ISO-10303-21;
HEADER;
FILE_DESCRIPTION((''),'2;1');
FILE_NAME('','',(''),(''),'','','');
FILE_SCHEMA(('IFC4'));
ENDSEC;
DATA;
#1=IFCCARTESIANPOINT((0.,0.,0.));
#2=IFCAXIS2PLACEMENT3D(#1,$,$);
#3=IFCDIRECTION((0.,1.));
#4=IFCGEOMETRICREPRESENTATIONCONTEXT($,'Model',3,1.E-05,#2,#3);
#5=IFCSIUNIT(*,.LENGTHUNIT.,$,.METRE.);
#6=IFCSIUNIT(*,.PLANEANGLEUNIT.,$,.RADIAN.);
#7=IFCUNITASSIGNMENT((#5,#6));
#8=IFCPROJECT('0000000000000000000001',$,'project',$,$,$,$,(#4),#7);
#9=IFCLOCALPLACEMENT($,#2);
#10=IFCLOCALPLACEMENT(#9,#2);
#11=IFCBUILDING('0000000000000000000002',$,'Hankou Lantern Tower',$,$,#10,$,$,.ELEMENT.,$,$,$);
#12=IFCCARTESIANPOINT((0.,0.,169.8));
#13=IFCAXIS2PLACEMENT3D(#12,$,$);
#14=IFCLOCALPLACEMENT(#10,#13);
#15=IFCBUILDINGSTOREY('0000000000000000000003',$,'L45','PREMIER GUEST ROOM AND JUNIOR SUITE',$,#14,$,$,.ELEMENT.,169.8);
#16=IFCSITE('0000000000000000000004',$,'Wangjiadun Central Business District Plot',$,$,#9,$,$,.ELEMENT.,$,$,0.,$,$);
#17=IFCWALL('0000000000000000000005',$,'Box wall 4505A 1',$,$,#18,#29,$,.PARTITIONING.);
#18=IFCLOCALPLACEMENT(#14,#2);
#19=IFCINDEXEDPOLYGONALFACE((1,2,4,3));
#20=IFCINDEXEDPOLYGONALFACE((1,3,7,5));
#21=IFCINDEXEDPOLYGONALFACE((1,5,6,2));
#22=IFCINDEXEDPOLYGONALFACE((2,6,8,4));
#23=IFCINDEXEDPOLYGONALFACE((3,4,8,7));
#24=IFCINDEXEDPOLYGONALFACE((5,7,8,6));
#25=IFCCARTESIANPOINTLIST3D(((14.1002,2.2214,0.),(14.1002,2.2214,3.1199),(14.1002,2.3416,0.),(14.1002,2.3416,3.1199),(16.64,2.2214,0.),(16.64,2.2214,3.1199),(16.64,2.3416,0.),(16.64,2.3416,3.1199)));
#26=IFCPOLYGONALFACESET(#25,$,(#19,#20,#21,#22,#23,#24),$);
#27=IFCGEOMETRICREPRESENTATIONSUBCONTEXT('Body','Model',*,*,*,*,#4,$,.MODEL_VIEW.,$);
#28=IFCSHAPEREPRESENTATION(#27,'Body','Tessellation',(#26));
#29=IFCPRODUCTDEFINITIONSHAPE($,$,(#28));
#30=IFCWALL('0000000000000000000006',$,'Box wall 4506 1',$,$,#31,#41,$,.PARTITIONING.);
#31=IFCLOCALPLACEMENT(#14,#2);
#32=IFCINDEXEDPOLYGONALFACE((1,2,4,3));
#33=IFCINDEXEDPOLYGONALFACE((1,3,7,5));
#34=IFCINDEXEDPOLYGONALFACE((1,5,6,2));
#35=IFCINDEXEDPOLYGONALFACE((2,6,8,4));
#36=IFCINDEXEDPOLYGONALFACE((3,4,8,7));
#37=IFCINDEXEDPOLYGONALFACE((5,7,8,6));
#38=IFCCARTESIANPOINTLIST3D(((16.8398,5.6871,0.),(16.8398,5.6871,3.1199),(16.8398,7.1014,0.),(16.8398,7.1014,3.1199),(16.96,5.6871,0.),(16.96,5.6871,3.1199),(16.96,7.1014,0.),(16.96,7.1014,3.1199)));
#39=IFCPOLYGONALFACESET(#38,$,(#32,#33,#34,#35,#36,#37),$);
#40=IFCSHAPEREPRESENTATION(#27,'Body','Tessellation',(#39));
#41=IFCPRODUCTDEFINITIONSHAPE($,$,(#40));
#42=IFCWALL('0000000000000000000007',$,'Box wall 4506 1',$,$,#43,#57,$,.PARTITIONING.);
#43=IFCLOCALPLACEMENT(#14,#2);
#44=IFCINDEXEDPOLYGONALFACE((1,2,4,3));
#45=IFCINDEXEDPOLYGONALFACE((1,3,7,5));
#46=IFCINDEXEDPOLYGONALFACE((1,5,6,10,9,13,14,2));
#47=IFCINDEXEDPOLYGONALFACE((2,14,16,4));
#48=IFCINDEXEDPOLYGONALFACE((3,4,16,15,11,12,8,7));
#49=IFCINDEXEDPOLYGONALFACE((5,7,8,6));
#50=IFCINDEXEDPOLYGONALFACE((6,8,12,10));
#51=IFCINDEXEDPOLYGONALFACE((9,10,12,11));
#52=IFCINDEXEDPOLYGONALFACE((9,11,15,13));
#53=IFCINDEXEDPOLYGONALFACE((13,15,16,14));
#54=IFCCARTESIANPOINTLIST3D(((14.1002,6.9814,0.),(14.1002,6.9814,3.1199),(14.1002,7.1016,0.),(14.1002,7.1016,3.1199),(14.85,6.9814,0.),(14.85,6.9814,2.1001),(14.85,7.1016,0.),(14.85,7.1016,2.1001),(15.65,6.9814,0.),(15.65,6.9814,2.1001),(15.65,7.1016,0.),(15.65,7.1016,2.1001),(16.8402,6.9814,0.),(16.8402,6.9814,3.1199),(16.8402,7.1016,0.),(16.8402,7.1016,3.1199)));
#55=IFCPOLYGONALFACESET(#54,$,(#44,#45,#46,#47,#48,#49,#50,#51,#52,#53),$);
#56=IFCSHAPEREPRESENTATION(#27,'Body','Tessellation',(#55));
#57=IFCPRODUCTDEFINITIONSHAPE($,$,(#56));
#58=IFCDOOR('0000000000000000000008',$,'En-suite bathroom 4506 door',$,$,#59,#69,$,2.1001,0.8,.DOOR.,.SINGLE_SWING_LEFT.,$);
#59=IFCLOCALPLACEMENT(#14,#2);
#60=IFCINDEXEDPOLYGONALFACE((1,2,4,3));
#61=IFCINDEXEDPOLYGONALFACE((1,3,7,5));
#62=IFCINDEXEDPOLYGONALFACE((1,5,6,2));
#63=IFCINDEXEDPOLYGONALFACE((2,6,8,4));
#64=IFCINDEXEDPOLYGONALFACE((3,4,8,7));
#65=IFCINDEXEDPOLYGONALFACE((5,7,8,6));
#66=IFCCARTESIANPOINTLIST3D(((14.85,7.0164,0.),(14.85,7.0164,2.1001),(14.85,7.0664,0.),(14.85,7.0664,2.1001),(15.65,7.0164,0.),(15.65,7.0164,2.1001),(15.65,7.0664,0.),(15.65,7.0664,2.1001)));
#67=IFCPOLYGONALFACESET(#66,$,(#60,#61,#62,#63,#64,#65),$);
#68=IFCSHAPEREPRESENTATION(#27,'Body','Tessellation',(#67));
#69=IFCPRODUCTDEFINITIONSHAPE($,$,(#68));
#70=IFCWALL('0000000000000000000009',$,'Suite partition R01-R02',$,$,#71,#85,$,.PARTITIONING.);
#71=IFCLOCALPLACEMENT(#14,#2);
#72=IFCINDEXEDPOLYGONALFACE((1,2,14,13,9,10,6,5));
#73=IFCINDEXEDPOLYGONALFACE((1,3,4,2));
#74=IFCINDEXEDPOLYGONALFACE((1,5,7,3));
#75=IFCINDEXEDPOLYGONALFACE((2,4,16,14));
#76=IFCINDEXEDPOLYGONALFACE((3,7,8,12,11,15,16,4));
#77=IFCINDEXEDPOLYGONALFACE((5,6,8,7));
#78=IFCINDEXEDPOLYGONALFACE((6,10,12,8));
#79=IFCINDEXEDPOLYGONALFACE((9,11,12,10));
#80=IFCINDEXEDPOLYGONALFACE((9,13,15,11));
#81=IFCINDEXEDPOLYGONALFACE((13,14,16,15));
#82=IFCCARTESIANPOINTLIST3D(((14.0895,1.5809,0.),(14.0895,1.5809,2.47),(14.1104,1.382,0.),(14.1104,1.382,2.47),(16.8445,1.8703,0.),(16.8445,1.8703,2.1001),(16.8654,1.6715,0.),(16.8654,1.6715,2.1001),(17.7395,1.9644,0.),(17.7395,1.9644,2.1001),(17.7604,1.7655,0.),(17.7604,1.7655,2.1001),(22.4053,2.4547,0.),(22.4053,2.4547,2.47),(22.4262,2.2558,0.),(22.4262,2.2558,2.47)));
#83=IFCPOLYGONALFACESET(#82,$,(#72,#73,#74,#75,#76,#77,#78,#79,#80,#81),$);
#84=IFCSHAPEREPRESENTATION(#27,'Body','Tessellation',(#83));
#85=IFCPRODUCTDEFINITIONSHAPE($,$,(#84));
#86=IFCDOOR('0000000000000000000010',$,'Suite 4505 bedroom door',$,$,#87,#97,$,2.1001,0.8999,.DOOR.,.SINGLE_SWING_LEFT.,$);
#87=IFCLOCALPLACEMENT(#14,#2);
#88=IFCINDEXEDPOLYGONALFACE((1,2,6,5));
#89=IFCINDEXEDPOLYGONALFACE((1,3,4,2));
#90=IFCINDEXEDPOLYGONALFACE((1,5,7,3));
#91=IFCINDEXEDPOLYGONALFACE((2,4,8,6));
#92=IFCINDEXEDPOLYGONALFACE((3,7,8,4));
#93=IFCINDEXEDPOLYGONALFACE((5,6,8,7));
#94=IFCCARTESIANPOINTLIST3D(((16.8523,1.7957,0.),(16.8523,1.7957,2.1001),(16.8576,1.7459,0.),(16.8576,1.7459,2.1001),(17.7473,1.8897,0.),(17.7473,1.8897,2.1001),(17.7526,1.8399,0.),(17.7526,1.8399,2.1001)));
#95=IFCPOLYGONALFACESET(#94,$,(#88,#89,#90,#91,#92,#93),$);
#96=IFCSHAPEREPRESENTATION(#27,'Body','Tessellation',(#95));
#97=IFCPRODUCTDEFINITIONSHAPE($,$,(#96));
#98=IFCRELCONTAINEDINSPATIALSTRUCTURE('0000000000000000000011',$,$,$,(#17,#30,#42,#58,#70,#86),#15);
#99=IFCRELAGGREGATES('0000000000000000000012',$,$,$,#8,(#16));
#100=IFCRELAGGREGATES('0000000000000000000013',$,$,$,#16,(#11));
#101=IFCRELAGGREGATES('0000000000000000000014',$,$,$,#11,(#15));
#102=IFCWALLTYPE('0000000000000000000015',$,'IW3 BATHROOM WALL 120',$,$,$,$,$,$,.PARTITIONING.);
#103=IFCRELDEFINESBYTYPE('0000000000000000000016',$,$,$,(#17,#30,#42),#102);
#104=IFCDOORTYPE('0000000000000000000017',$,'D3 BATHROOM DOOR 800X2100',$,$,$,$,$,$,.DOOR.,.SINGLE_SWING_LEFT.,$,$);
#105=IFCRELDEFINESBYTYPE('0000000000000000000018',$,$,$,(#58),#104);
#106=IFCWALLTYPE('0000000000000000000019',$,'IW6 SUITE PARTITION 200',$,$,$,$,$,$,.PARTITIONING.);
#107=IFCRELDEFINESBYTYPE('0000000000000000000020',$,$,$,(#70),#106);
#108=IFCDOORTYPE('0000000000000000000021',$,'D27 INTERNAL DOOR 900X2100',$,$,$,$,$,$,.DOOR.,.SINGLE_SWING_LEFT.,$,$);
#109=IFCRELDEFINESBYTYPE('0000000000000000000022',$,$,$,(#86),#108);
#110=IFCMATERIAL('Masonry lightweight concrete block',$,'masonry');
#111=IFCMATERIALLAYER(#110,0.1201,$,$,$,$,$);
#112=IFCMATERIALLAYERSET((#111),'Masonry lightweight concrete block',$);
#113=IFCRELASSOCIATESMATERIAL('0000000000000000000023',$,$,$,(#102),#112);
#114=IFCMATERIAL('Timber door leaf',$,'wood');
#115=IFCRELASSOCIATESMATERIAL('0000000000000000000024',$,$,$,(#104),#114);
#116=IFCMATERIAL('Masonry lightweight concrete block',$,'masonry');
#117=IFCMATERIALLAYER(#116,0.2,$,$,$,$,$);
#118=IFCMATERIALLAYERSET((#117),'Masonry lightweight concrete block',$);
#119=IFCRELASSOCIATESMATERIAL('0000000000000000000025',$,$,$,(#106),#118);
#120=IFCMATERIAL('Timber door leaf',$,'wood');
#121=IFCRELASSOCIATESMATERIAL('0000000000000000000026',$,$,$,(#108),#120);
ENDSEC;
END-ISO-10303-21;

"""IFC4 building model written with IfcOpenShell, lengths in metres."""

from ifc_helpers import new_model, si_unit, direction, frame, frame_2d, origin, place, context, subcontext, project, spatial, rectangle, extrude, material, layer, layer_set, type_object, element, fill, save


model = new_model("IFC4")

# Units and contexts
model_context = context("Model", 3, precision=1e-05, world=origin(), true_north=direction((0.0, 1.0)))
body_context = subcontext(model_context, "Body", "Model", "MODEL_VIEW")
ifc_project = project(units=[si_unit("LENGTHUNIT", "METRE"), si_unit("PLANEANGLEUNIT", "RADIAN")], contexts=[model_context])

# Site, building, storey
site_placement = place(None, origin())
site = spatial("IfcSite", under=ifc_project, at=site_placement, Name="Wangjiadun Central Business District Plot", CompositionType="ELEMENT", RefElevation=0.0)
building_placement = place(site_placement, origin())
building = spatial("IfcBuilding", under=site, at=building_placement, Name="Hankou Lantern Tower", CompositionType="ELEMENT")
storey_placement = place(building_placement, frame((0.0, 0.0, 169.8)))
storey = spatial("IfcBuildingStorey", under=building, at=storey_placement, Name="L45", Description="PREMIER GUEST ROOM AND JUNIOR SUITE", CompositionType="ELEMENT", Elevation=169.8)

# Shared definitions
ifc_material_1 = material(Name="Masonry lightweight concrete block", Category="masonry")
ifc_layer_1 = layer(ifc_material_1, 0.1201)
ifc_layer_set_1 = layer_set([ifc_layer_1], Name="Masonry lightweight concrete block")
wall_type_1 = type_object("IfcWallType", Name="IW3 BATHROOM WALL 120", PredefinedType="PARTITIONING", material=ifc_layer_set_1)
ifc_material_2 = material(Name="Timber door leaf", Category="wood")
door_type_1 = type_object("IfcDoorType", Name="D3 BATHROOM DOOR 800X2100", OperationType="SINGLE_SWING_LEFT", PredefinedType="DOOR", material=ifc_material_2)

# Walls
wall_1_placement = place(storey_placement, frame((14.1001, 2.2815, 0.0), z_axis=(0.0, 0.0, 1.0), x_axis=(1.0, 0.0, 0.0)))
element("IfcWall", 1, at=wall_1_placement, inside=storey, type_object=wall_type_1, Name="Box wall 4505A 1", PredefinedType="PARTITIONING", context=body_context, shape_type="SweptSolid", body=[
    extrude(rectangle(XDim=2.5398, YDim=0.1201, at=frame_2d((1.27, 0.0))), origin(), (0.0, 0.0, 1.0), 3.1199),
])
wall_2_placement = place(storey_placement, frame((16.8999, 5.6873, 0.0), z_axis=(0.0, 0.0, 1.0), x_axis=(0.0, 1.0, 0.0)))
element("IfcWall", 2, at=wall_2_placement, inside=storey, type_object=wall_type_1, Name="Box wall 4506 1", PredefinedType="PARTITIONING", context=body_context, shape_type="SweptSolid", body=[
    extrude(rectangle(XDim=1.4143, YDim=0.1201, at=frame_2d((0.707, 0.0))), origin(), (0.0, 0.0, 1.0), 3.1199),
])

# Walls, openings, doors
wall_3_placement = place(storey_placement, frame((14.1001, 7.0415, 0.0), z_axis=(0.0, 0.0, 1.0), x_axis=(1.0, 0.0, 0.0)))
wall_3 = element("IfcWall", 3, at=wall_3_placement, inside=storey, type_object=wall_type_1, Name="Box wall 4506 1", PredefinedType="PARTITIONING", context=body_context, shape_type="SweptSolid", body=[
    extrude(rectangle(XDim=2.74, YDim=0.1201, at=frame_2d((1.3701, 0.0))), origin(), (0.0, 0.0, 1.0), 3.1199),
])
opening_1_placement = place(wall_3_placement, frame((0.75, 0.0, 0.0)))
opening_1 = element("IfcOpeningElement", 4, at=opening_1_placement, cuts=wall_3, PredefinedType="OPENING", context=body_context, shape_type="SweptSolid", body=[
    extrude(rectangle(XDim=0.8, YDim=2.1001, at=frame_2d((0.3999, 1.05))), frame((0.0, 0.0701, 0.0), z_axis=(0.0, -1.0, 0.0), x_axis=(1.0, 0.0, 0.0)), (0.0, 0.0, 1.0), 0.1401),
])
door_1_placement = place(opening_1_placement, origin())
door_1 = element("IfcDoor", 5, at=door_1_placement, inside=storey, type_object=door_type_1, Name="En-suite bathroom 4506 door", OperationType="SINGLE_SWING_LEFT", OverallHeight=2.1001, OverallWidth=0.8, PredefinedType="DOOR", context=body_context, shape_type="SweptSolid", body=[
    extrude(rectangle(XDim=0.8, YDim=2.1001, at=frame_2d((0.3999, 1.05))), frame((0.0, 0.0249, 0.0), z_axis=(0.0, -1.0, 0.0), x_axis=(1.0, 0.0, 0.0)), (0.0, 0.0, 1.0), 0.05),
])
fill(opening_1, door_1)
ifc_material_3 = material(Name="Masonry lightweight concrete block", Category="masonry")
ifc_layer_2 = layer(ifc_material_3, 0.2)
ifc_layer_set_2 = layer_set([ifc_layer_2], Name="Masonry lightweight concrete block")
wall_type_2 = type_object("IfcWallType", Name="IW6 SUITE PARTITION 200", PredefinedType="PARTITIONING", material=ifc_layer_set_2)
wall_4_placement = place(storey_placement, frame((14.1001, 1.4814, 0.0), z_axis=(0.0, 0.0, 1.0), x_axis=(0.994525, 0.104501, 0.0)))
wall_4 = element("IfcWall", 6, at=wall_4_placement, inside=storey, type_object=wall_type_2, Name="Suite partition R01-R02", PredefinedType="PARTITIONING", context=body_context, shape_type="SweptSolid", body=[
    extrude(rectangle(XDim=8.3616, YDim=0.2, at=frame_2d((4.1807, 0.0))), origin(), (0.0, 0.0, 1.0), 2.47),
])
opening_2_placement = place(wall_4_placement, frame((2.77, 0.0, 0.0)))
opening_2 = element("IfcOpeningElement", 7, at=opening_2_placement, cuts=wall_4, PredefinedType="OPENING", context=body_context, shape_type="SweptSolid", body=[
    extrude(rectangle(XDim=0.8999, YDim=2.1001, at=frame_2d((0.45, 1.05))), frame((0.0, 0.1099, 0.0), z_axis=(0.0, -1.0, 0.0), x_axis=(1.0, 0.0, 0.0)), (0.0, 0.0, 1.0), 0.22),
])
ifc_material_4 = material(Name="Timber door leaf", Category="wood")
door_type_2 = type_object("IfcDoorType", Name="D27 INTERNAL DOOR 900X2100", OperationType="SINGLE_SWING_LEFT", PredefinedType="DOOR", material=ifc_material_4)
door_2_placement = place(opening_2_placement, origin())
door_2 = element("IfcDoor", 8, at=door_2_placement, inside=storey, type_object=door_type_2, Name="Suite 4505 bedroom door", OperationType="SINGLE_SWING_LEFT", OverallHeight=2.1001, OverallWidth=0.8999, PredefinedType="DOOR", context=body_context, shape_type="SweptSolid", body=[
    extrude(rectangle(XDim=0.8999, YDim=2.1001, at=frame_2d((0.45, 1.05))), frame((0.0, 0.0249, 0.0), z_axis=(0.0, -1.0, 0.0), x_axis=(1.0, 0.0, 0.0)), (0.0, 0.0, 1.0), 0.05),
])
fill(opening_2, door_2)

save(model, "model.ifc")
